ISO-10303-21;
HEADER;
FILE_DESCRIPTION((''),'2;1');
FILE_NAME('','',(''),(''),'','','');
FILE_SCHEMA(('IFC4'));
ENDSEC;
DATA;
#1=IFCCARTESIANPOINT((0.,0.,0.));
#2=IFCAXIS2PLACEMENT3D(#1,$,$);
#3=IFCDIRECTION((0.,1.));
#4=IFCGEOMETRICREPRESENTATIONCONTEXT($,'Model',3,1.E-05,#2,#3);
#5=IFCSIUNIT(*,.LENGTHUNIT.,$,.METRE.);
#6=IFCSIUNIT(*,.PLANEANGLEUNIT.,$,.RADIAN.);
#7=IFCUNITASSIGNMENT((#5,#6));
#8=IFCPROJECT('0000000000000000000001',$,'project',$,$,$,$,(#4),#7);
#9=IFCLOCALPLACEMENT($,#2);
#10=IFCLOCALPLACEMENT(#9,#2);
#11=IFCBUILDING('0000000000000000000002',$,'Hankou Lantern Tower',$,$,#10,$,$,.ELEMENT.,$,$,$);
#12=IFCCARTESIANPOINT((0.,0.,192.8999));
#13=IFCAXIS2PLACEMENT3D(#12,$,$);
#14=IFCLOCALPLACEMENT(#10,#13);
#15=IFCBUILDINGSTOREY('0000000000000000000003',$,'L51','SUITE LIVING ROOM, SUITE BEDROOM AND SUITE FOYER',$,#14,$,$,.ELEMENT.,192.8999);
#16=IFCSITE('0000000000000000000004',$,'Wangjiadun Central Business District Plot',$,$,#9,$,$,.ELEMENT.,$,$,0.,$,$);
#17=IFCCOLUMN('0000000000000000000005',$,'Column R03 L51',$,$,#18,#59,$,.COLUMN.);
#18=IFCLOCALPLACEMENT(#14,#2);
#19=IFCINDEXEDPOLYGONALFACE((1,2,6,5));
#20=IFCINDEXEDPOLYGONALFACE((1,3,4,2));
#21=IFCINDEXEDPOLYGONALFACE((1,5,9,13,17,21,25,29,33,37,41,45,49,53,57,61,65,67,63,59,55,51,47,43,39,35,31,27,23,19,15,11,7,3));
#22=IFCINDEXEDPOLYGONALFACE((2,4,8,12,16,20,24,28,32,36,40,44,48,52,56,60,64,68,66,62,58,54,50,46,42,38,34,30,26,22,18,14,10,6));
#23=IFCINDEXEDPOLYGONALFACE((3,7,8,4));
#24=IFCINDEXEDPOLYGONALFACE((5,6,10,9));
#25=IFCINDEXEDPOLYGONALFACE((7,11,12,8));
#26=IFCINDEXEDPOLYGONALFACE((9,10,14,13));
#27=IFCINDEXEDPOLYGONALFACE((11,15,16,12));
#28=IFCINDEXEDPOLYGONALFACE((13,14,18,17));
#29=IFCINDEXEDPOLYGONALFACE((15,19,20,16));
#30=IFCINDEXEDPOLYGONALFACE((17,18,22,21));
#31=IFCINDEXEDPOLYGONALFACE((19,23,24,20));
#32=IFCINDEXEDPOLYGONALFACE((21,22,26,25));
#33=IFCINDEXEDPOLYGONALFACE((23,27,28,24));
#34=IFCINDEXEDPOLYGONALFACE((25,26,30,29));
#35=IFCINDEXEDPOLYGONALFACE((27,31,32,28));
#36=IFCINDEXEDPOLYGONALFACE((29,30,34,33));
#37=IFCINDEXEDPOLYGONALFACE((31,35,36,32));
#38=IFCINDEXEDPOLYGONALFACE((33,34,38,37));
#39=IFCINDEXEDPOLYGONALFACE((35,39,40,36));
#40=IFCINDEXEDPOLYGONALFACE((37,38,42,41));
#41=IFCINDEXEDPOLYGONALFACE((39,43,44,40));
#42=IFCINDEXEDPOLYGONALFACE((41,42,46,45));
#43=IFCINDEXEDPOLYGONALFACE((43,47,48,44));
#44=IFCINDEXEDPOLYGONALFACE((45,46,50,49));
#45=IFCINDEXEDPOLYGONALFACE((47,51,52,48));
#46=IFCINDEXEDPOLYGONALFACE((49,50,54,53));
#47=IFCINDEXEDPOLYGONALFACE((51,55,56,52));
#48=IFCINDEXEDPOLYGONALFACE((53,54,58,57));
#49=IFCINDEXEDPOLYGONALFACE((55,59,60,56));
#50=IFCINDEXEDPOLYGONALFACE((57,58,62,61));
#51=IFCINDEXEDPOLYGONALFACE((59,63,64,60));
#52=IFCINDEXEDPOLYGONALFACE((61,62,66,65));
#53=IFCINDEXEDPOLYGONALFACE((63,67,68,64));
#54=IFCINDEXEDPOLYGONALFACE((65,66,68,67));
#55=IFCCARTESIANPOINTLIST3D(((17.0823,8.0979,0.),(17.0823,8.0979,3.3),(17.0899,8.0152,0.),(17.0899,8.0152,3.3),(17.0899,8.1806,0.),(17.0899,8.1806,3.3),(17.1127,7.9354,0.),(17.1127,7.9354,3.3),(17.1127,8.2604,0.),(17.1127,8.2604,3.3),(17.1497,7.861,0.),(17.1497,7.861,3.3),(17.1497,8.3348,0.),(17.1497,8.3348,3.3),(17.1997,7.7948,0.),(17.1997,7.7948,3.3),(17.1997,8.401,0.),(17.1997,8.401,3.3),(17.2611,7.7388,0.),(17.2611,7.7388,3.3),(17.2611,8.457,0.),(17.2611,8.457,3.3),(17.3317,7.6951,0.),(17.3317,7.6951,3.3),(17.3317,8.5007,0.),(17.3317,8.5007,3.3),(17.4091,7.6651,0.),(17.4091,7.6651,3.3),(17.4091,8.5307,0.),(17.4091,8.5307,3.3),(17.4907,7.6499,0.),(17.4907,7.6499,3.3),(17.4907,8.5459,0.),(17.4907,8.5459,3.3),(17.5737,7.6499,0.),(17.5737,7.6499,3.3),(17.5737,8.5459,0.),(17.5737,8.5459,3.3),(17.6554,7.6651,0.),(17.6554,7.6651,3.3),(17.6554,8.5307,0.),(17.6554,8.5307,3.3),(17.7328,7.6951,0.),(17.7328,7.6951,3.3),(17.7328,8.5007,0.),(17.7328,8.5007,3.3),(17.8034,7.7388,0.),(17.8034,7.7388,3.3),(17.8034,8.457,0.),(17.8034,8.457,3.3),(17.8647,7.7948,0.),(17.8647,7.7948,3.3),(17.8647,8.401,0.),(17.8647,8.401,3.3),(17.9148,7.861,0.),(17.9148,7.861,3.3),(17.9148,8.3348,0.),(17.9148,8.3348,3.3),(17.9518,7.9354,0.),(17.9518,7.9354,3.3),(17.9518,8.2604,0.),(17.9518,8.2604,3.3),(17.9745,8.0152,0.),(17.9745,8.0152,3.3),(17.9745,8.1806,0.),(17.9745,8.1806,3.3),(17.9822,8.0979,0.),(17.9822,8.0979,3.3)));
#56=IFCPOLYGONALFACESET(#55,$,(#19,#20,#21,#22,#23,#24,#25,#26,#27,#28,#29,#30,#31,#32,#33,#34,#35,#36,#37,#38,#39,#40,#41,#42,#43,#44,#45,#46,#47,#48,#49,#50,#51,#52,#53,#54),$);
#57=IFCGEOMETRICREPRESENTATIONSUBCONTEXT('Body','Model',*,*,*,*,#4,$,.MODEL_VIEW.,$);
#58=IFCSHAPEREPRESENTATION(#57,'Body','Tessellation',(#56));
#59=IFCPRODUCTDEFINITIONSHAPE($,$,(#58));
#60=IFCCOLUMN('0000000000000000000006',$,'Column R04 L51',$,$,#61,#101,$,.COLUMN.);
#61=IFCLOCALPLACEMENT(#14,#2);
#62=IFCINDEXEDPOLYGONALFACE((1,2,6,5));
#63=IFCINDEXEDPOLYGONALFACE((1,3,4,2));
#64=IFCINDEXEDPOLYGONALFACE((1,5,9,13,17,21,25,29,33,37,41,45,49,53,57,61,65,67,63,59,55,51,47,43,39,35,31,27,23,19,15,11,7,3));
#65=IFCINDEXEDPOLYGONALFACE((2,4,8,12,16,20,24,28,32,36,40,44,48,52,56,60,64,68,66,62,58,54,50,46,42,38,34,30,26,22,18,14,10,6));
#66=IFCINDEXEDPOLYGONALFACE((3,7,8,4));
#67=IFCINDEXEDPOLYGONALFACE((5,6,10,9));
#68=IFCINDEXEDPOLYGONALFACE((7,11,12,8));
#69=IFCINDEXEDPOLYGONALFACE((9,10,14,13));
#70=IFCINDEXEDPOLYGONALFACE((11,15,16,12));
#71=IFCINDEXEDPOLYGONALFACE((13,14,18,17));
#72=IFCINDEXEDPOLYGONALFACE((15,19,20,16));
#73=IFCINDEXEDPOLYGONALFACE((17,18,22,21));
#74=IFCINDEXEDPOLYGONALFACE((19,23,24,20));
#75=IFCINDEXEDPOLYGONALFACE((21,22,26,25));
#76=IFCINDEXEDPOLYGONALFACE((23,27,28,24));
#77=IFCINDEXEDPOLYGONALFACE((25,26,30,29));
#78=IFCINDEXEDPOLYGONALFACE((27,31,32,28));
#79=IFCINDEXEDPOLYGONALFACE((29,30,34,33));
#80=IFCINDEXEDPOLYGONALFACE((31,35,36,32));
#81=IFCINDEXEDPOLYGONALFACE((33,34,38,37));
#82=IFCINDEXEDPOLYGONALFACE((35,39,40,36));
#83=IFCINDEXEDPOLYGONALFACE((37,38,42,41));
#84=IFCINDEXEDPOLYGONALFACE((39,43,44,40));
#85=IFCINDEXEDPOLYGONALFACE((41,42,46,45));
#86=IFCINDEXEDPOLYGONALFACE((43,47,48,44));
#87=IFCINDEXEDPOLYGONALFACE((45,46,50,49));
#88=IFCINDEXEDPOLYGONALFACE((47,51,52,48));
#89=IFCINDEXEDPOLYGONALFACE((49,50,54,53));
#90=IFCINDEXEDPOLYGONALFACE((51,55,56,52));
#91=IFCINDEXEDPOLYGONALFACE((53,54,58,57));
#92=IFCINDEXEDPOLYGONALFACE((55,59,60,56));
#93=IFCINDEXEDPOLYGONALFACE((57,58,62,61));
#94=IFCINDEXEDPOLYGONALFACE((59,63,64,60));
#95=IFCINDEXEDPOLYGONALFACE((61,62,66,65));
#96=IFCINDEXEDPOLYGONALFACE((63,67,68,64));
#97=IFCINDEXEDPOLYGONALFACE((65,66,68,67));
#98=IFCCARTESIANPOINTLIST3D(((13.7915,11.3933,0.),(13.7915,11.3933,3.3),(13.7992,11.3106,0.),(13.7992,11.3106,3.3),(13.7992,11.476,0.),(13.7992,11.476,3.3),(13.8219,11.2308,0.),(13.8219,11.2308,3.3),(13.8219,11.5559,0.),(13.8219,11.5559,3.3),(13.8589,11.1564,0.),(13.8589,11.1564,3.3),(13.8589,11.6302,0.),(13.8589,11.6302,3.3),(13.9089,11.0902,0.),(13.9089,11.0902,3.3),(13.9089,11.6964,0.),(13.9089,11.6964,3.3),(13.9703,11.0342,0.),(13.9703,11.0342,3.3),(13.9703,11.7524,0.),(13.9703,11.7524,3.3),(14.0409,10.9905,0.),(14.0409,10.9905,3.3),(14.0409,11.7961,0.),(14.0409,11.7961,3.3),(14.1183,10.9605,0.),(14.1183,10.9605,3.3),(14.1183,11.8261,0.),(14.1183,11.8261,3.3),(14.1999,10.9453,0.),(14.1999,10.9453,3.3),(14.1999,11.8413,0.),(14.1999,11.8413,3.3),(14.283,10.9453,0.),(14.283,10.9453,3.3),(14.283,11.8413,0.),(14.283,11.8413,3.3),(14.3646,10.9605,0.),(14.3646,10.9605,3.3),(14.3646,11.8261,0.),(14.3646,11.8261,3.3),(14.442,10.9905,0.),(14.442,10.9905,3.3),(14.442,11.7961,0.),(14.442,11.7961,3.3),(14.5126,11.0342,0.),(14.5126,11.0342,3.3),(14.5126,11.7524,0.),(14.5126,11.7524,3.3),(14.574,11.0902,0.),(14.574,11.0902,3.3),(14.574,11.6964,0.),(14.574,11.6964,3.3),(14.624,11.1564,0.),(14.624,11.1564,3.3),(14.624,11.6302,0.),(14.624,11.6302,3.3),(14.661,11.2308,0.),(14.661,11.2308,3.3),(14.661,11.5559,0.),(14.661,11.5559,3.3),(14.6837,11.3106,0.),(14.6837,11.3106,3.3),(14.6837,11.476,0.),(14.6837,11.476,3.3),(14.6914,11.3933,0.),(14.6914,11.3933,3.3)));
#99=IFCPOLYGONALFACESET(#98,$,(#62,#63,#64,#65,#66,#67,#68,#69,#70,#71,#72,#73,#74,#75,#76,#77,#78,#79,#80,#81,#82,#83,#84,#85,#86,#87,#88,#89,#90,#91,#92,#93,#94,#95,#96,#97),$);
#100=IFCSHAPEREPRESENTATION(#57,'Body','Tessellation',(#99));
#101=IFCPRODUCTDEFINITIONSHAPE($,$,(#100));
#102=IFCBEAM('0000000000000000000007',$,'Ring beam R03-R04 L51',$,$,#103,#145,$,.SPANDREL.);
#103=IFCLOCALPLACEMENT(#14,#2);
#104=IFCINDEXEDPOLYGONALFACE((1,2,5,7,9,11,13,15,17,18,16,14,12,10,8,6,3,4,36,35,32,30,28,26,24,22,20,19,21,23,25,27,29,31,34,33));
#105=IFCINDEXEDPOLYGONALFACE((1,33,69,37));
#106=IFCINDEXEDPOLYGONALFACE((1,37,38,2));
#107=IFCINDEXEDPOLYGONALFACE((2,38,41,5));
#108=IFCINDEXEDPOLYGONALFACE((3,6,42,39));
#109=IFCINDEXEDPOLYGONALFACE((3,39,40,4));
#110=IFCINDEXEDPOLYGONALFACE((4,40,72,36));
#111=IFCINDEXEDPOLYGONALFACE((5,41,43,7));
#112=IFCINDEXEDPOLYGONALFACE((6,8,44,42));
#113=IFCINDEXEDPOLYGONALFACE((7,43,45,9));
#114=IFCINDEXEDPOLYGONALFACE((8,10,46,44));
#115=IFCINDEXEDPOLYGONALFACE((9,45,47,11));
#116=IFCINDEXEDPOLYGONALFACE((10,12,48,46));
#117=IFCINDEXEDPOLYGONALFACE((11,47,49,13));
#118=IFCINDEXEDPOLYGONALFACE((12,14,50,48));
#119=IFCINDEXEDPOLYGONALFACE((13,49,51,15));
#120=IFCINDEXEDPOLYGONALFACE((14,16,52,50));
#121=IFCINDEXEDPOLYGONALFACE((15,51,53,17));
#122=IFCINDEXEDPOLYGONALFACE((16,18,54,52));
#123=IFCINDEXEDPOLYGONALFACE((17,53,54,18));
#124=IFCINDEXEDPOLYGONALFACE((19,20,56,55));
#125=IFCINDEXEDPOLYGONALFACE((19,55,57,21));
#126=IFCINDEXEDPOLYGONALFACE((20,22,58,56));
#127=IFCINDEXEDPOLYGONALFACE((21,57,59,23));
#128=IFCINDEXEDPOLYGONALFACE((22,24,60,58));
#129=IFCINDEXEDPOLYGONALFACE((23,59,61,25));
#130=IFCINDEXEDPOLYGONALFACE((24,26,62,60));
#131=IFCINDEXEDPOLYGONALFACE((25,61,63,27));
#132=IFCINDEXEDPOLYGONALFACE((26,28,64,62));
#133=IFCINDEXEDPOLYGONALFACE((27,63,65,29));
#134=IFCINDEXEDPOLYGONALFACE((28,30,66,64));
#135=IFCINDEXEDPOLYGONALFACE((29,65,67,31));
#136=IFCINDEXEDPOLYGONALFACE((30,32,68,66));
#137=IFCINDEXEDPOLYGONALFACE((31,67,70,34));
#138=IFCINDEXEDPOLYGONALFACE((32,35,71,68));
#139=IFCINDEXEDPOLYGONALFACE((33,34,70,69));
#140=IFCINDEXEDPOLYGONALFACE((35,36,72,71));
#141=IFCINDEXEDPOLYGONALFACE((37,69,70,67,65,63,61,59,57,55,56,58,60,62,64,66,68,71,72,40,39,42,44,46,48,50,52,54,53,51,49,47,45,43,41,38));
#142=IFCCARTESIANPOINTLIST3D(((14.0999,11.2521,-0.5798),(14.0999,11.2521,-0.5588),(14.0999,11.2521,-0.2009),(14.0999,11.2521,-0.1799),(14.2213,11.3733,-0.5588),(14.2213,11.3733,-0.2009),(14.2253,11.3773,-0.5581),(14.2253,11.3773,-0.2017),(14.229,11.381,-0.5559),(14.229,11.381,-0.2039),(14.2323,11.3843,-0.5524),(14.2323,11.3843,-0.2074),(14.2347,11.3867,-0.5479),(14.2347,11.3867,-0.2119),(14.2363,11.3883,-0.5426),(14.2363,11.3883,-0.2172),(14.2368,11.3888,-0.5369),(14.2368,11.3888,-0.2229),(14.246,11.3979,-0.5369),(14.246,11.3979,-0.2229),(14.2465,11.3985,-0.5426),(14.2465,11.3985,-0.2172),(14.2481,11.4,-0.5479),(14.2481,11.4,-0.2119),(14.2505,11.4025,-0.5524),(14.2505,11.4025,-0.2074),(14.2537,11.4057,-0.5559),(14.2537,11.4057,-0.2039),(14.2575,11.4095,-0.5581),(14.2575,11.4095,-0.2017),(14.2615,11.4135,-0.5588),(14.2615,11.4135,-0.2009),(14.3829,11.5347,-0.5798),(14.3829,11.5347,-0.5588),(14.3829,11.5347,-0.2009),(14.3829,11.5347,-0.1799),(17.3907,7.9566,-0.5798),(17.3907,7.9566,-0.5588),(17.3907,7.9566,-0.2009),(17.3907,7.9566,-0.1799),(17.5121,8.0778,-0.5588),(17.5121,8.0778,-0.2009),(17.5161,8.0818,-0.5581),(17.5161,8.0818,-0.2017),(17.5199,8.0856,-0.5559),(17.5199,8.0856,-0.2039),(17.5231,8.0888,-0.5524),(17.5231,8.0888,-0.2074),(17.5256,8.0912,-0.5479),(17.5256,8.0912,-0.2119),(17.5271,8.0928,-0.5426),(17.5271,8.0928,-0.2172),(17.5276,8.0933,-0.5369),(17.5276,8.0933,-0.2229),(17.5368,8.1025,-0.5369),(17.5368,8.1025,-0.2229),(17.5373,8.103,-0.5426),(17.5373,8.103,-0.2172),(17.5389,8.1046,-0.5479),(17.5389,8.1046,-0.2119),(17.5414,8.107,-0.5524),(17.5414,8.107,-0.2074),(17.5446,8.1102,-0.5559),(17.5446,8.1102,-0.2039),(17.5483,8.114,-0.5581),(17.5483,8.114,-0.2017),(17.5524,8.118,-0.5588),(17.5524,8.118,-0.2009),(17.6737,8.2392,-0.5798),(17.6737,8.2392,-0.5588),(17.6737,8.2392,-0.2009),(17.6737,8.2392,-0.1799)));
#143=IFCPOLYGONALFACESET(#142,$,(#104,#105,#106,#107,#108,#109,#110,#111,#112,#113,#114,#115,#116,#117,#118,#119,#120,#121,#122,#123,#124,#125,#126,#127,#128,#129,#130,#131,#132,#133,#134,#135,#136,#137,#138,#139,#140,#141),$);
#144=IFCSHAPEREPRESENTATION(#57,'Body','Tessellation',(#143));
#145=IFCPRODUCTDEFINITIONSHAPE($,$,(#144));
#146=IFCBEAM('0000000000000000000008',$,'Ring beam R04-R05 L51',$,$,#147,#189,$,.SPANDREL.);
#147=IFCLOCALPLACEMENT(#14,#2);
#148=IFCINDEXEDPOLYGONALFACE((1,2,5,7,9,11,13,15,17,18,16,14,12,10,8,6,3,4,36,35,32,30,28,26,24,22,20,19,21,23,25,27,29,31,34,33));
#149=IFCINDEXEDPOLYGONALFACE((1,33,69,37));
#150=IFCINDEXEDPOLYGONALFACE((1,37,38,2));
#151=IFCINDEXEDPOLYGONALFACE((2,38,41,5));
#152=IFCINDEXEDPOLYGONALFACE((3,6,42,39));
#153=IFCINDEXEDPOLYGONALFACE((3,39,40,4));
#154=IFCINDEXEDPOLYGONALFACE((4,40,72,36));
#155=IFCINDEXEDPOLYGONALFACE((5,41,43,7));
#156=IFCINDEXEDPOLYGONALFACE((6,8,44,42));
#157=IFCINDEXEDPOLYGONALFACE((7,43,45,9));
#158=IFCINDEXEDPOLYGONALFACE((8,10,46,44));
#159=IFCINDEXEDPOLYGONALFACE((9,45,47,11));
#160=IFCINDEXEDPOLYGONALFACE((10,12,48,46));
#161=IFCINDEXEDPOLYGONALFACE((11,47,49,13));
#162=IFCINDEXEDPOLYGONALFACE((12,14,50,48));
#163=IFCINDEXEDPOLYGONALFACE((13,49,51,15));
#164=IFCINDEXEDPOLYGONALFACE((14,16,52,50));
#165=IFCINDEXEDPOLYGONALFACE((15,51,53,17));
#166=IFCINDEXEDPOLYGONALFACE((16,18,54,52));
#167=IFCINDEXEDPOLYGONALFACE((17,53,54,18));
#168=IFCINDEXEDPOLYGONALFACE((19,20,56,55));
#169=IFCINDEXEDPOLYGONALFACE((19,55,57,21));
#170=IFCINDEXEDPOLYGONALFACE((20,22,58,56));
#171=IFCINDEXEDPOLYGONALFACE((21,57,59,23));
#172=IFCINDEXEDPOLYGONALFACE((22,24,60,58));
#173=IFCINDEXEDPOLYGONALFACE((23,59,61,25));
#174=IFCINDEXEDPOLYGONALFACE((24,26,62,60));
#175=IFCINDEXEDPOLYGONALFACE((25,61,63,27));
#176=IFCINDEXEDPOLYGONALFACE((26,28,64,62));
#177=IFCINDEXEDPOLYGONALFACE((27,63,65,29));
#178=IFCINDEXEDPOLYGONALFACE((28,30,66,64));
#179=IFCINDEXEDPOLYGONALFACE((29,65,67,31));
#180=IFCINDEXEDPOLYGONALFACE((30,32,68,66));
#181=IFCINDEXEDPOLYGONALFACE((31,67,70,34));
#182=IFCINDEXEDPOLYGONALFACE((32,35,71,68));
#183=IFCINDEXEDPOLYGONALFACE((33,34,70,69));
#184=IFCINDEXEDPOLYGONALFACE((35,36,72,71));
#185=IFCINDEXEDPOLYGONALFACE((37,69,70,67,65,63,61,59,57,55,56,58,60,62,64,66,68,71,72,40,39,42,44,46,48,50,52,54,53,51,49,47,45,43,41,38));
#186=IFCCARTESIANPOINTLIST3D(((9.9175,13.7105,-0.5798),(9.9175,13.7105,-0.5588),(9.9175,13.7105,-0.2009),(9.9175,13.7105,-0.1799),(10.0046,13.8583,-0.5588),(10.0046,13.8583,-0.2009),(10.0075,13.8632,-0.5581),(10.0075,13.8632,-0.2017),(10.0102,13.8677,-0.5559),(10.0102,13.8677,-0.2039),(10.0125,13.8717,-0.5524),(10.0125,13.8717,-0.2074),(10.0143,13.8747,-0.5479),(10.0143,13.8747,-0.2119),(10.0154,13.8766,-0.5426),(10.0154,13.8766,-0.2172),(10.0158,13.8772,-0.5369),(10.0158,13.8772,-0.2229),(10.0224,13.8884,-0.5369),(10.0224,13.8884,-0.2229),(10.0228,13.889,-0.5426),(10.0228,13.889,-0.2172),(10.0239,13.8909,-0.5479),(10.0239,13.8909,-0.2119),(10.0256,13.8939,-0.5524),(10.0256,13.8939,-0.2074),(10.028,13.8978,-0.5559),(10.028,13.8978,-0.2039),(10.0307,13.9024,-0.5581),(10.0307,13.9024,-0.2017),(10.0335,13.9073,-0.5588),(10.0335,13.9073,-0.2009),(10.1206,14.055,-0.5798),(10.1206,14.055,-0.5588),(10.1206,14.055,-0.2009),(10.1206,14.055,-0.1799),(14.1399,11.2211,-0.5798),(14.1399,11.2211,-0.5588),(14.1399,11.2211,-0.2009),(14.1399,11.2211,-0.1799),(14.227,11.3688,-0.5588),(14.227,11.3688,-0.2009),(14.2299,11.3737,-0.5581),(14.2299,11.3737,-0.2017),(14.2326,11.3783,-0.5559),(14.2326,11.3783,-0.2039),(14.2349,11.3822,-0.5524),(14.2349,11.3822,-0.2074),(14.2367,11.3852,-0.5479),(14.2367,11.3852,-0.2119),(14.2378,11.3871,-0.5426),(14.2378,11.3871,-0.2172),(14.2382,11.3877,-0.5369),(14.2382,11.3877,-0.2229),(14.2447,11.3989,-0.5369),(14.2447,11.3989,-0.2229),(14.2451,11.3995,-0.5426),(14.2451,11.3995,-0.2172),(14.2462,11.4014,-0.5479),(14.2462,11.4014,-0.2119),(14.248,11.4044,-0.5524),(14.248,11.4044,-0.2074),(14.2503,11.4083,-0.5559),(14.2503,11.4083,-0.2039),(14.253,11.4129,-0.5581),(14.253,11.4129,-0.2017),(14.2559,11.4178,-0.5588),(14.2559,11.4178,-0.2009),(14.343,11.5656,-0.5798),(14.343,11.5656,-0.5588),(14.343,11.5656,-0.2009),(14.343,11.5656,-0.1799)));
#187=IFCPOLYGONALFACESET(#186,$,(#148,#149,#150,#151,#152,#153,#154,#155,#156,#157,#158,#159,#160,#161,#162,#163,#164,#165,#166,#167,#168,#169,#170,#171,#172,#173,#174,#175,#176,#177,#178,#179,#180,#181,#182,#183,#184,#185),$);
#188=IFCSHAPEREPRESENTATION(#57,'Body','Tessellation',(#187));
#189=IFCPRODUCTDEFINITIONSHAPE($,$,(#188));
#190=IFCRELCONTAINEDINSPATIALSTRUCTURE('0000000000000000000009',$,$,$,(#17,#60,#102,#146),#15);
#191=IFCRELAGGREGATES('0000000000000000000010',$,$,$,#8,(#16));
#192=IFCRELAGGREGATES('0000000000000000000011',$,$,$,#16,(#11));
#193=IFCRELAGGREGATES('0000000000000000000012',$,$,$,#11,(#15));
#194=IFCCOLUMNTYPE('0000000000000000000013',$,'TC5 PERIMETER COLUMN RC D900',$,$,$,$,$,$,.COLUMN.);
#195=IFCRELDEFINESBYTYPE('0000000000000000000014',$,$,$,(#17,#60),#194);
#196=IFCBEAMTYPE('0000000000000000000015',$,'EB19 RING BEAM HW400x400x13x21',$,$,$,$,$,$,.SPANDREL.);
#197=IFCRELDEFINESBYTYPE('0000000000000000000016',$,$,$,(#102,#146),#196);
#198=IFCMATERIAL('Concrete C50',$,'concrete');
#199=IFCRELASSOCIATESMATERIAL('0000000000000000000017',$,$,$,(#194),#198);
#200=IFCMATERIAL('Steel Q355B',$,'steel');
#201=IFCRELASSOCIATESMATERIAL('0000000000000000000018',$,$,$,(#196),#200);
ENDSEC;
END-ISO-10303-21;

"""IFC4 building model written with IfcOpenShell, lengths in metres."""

from ifc_helpers import new_model, si_unit, direction, frame, origin, origin_2d, place, context, subcontext, project, spatial, circle, i_section, extrude, material, material_profile, profile_set, type_object, element, save


model = new_model("IFC4")

# Units and contexts
model_context = context("Model", 3, precision=1e-05, world=origin(), true_north=direction((0.0, 1.0)))
body_context = subcontext(model_context, "Body", "Model", "MODEL_VIEW")
ifc_project = project(units=[si_unit("LENGTHUNIT", "METRE"), si_unit("PLANEANGLEUNIT", "RADIAN")], contexts=[model_context])

# Site, building, storey
site_placement = place(None, origin())
site = spatial("IfcSite", under=ifc_project, at=site_placement, Name="Wangjiadun Central Business District Plot", CompositionType="ELEMENT", RefElevation=0.0)
building_placement = place(site_placement, origin())
building = spatial("IfcBuilding", under=site, at=building_placement, Name="Hankou Lantern Tower", CompositionType="ELEMENT")
storey_placement = place(building_placement, frame((0.0, 0.0, 192.8999)))
storey = spatial("IfcBuildingStorey", under=building, at=storey_placement, Name="L51", Description="SUITE LIVING ROOM, SUITE BEDROOM AND SUITE FOYER", CompositionType="ELEMENT", Elevation=192.8999)

# Columns
ifc_material_1 = material(Name="Concrete C50", Category="concrete")
ifc_material_profile_1 = material_profile(ifc_material_1, circle(Radius=0.45, at=origin_2d()), Name="RC D900")
ifc_profile_set_1 = profile_set([ifc_material_profile_1], Name="Concrete C50")
column_type = type_object("IfcColumnType", Name="TC5 PERIMETER COLUMN RC D900", PredefinedType="COLUMN", material=ifc_profile_set_1)
for number, where, z_axis, x_axis, name in (
    (1, (17.5322, 8.0979, 0.0), (0.0, 0.0, 1.0), (1.0, 0.0, 0.0), "Column R03 L51"),
    (2, (14.2415, 11.3933, 0.0), (0.0, 0.0, 1.0), (1.0, 0.0, 0.0), "Column R04 L51"),
):
    element("IfcColumn", number, at=place(storey_placement, frame(where, z_axis=z_axis, x_axis=x_axis)), inside=storey, type_object=column_type, Name=name, PredefinedType="COLUMN", context=body_context, shape_type="SweptSolid", body=[
        extrude(circle(Radius=0.45, at=origin_2d()), origin(), (0.0, 0.0, 1.0), 3.3),
    ])

# Beams
ifc_material_2 = material(Name="Steel Q355B", Category="steel")
ifc_material_profile_2 = material_profile(ifc_material_2, i_section(OverallWidth=0.3999, OverallDepth=0.3999, WebThickness=0.0129, FlangeThickness=0.021, FilletRadius=0.022, at=origin_2d()), Name="HW400x400x13x21")
ifc_profile_set_2 = profile_set([ifc_material_profile_2], Name="Steel Q355B")
beam_type_1 = type_object("IfcBeamType", Name="EB19 RING BEAM HW400x400x13x21", PredefinedType="SPANDREL", material=ifc_profile_set_2)
beam_1_placement = place(storey_placement, frame((17.5322, 8.0979, -0.3799), z_axis=(-0.706609, 0.707605, 0.0), x_axis=(-0.707605, -0.706609, 0.0)))
element("IfcBeam", 3, at=beam_1_placement, inside=storey, type_object=beam_type_1, Name="Ring beam R03-R04 L51", PredefinedType="SPANDREL", context=body_context, shape_type="SweptSolid", body=[
    extrude(i_section(OverallWidth=0.3999, OverallDepth=0.3999, WebThickness=0.0129, FlangeThickness=0.021, FilletRadius=0.022, at=origin_2d()), origin(), (0.0, 0.0, 1.0), 4.6572),
])
beam_2_placement = place(storey_placement, frame((14.2415, 11.3933, -0.3799), z_axis=(-0.861423, 0.507888, 0.0), x_axis=(-0.507888, -0.861423, 0.0)))
element("IfcBeam", 4, at=beam_2_placement, inside=storey, type_object=beam_type_1, Name="Ring beam R04-R05 L51", PredefinedType="SPANDREL", context=body_context, shape_type="SweptSolid", body=[
    extrude(i_section(OverallWidth=0.3999, OverallDepth=0.3999, WebThickness=0.0129, FlangeThickness=0.021, FilletRadius=0.022, at=origin_2d()), origin(), (0.0, 0.0, 1.0), 4.9016),
])

save(model, "model.ifc")
